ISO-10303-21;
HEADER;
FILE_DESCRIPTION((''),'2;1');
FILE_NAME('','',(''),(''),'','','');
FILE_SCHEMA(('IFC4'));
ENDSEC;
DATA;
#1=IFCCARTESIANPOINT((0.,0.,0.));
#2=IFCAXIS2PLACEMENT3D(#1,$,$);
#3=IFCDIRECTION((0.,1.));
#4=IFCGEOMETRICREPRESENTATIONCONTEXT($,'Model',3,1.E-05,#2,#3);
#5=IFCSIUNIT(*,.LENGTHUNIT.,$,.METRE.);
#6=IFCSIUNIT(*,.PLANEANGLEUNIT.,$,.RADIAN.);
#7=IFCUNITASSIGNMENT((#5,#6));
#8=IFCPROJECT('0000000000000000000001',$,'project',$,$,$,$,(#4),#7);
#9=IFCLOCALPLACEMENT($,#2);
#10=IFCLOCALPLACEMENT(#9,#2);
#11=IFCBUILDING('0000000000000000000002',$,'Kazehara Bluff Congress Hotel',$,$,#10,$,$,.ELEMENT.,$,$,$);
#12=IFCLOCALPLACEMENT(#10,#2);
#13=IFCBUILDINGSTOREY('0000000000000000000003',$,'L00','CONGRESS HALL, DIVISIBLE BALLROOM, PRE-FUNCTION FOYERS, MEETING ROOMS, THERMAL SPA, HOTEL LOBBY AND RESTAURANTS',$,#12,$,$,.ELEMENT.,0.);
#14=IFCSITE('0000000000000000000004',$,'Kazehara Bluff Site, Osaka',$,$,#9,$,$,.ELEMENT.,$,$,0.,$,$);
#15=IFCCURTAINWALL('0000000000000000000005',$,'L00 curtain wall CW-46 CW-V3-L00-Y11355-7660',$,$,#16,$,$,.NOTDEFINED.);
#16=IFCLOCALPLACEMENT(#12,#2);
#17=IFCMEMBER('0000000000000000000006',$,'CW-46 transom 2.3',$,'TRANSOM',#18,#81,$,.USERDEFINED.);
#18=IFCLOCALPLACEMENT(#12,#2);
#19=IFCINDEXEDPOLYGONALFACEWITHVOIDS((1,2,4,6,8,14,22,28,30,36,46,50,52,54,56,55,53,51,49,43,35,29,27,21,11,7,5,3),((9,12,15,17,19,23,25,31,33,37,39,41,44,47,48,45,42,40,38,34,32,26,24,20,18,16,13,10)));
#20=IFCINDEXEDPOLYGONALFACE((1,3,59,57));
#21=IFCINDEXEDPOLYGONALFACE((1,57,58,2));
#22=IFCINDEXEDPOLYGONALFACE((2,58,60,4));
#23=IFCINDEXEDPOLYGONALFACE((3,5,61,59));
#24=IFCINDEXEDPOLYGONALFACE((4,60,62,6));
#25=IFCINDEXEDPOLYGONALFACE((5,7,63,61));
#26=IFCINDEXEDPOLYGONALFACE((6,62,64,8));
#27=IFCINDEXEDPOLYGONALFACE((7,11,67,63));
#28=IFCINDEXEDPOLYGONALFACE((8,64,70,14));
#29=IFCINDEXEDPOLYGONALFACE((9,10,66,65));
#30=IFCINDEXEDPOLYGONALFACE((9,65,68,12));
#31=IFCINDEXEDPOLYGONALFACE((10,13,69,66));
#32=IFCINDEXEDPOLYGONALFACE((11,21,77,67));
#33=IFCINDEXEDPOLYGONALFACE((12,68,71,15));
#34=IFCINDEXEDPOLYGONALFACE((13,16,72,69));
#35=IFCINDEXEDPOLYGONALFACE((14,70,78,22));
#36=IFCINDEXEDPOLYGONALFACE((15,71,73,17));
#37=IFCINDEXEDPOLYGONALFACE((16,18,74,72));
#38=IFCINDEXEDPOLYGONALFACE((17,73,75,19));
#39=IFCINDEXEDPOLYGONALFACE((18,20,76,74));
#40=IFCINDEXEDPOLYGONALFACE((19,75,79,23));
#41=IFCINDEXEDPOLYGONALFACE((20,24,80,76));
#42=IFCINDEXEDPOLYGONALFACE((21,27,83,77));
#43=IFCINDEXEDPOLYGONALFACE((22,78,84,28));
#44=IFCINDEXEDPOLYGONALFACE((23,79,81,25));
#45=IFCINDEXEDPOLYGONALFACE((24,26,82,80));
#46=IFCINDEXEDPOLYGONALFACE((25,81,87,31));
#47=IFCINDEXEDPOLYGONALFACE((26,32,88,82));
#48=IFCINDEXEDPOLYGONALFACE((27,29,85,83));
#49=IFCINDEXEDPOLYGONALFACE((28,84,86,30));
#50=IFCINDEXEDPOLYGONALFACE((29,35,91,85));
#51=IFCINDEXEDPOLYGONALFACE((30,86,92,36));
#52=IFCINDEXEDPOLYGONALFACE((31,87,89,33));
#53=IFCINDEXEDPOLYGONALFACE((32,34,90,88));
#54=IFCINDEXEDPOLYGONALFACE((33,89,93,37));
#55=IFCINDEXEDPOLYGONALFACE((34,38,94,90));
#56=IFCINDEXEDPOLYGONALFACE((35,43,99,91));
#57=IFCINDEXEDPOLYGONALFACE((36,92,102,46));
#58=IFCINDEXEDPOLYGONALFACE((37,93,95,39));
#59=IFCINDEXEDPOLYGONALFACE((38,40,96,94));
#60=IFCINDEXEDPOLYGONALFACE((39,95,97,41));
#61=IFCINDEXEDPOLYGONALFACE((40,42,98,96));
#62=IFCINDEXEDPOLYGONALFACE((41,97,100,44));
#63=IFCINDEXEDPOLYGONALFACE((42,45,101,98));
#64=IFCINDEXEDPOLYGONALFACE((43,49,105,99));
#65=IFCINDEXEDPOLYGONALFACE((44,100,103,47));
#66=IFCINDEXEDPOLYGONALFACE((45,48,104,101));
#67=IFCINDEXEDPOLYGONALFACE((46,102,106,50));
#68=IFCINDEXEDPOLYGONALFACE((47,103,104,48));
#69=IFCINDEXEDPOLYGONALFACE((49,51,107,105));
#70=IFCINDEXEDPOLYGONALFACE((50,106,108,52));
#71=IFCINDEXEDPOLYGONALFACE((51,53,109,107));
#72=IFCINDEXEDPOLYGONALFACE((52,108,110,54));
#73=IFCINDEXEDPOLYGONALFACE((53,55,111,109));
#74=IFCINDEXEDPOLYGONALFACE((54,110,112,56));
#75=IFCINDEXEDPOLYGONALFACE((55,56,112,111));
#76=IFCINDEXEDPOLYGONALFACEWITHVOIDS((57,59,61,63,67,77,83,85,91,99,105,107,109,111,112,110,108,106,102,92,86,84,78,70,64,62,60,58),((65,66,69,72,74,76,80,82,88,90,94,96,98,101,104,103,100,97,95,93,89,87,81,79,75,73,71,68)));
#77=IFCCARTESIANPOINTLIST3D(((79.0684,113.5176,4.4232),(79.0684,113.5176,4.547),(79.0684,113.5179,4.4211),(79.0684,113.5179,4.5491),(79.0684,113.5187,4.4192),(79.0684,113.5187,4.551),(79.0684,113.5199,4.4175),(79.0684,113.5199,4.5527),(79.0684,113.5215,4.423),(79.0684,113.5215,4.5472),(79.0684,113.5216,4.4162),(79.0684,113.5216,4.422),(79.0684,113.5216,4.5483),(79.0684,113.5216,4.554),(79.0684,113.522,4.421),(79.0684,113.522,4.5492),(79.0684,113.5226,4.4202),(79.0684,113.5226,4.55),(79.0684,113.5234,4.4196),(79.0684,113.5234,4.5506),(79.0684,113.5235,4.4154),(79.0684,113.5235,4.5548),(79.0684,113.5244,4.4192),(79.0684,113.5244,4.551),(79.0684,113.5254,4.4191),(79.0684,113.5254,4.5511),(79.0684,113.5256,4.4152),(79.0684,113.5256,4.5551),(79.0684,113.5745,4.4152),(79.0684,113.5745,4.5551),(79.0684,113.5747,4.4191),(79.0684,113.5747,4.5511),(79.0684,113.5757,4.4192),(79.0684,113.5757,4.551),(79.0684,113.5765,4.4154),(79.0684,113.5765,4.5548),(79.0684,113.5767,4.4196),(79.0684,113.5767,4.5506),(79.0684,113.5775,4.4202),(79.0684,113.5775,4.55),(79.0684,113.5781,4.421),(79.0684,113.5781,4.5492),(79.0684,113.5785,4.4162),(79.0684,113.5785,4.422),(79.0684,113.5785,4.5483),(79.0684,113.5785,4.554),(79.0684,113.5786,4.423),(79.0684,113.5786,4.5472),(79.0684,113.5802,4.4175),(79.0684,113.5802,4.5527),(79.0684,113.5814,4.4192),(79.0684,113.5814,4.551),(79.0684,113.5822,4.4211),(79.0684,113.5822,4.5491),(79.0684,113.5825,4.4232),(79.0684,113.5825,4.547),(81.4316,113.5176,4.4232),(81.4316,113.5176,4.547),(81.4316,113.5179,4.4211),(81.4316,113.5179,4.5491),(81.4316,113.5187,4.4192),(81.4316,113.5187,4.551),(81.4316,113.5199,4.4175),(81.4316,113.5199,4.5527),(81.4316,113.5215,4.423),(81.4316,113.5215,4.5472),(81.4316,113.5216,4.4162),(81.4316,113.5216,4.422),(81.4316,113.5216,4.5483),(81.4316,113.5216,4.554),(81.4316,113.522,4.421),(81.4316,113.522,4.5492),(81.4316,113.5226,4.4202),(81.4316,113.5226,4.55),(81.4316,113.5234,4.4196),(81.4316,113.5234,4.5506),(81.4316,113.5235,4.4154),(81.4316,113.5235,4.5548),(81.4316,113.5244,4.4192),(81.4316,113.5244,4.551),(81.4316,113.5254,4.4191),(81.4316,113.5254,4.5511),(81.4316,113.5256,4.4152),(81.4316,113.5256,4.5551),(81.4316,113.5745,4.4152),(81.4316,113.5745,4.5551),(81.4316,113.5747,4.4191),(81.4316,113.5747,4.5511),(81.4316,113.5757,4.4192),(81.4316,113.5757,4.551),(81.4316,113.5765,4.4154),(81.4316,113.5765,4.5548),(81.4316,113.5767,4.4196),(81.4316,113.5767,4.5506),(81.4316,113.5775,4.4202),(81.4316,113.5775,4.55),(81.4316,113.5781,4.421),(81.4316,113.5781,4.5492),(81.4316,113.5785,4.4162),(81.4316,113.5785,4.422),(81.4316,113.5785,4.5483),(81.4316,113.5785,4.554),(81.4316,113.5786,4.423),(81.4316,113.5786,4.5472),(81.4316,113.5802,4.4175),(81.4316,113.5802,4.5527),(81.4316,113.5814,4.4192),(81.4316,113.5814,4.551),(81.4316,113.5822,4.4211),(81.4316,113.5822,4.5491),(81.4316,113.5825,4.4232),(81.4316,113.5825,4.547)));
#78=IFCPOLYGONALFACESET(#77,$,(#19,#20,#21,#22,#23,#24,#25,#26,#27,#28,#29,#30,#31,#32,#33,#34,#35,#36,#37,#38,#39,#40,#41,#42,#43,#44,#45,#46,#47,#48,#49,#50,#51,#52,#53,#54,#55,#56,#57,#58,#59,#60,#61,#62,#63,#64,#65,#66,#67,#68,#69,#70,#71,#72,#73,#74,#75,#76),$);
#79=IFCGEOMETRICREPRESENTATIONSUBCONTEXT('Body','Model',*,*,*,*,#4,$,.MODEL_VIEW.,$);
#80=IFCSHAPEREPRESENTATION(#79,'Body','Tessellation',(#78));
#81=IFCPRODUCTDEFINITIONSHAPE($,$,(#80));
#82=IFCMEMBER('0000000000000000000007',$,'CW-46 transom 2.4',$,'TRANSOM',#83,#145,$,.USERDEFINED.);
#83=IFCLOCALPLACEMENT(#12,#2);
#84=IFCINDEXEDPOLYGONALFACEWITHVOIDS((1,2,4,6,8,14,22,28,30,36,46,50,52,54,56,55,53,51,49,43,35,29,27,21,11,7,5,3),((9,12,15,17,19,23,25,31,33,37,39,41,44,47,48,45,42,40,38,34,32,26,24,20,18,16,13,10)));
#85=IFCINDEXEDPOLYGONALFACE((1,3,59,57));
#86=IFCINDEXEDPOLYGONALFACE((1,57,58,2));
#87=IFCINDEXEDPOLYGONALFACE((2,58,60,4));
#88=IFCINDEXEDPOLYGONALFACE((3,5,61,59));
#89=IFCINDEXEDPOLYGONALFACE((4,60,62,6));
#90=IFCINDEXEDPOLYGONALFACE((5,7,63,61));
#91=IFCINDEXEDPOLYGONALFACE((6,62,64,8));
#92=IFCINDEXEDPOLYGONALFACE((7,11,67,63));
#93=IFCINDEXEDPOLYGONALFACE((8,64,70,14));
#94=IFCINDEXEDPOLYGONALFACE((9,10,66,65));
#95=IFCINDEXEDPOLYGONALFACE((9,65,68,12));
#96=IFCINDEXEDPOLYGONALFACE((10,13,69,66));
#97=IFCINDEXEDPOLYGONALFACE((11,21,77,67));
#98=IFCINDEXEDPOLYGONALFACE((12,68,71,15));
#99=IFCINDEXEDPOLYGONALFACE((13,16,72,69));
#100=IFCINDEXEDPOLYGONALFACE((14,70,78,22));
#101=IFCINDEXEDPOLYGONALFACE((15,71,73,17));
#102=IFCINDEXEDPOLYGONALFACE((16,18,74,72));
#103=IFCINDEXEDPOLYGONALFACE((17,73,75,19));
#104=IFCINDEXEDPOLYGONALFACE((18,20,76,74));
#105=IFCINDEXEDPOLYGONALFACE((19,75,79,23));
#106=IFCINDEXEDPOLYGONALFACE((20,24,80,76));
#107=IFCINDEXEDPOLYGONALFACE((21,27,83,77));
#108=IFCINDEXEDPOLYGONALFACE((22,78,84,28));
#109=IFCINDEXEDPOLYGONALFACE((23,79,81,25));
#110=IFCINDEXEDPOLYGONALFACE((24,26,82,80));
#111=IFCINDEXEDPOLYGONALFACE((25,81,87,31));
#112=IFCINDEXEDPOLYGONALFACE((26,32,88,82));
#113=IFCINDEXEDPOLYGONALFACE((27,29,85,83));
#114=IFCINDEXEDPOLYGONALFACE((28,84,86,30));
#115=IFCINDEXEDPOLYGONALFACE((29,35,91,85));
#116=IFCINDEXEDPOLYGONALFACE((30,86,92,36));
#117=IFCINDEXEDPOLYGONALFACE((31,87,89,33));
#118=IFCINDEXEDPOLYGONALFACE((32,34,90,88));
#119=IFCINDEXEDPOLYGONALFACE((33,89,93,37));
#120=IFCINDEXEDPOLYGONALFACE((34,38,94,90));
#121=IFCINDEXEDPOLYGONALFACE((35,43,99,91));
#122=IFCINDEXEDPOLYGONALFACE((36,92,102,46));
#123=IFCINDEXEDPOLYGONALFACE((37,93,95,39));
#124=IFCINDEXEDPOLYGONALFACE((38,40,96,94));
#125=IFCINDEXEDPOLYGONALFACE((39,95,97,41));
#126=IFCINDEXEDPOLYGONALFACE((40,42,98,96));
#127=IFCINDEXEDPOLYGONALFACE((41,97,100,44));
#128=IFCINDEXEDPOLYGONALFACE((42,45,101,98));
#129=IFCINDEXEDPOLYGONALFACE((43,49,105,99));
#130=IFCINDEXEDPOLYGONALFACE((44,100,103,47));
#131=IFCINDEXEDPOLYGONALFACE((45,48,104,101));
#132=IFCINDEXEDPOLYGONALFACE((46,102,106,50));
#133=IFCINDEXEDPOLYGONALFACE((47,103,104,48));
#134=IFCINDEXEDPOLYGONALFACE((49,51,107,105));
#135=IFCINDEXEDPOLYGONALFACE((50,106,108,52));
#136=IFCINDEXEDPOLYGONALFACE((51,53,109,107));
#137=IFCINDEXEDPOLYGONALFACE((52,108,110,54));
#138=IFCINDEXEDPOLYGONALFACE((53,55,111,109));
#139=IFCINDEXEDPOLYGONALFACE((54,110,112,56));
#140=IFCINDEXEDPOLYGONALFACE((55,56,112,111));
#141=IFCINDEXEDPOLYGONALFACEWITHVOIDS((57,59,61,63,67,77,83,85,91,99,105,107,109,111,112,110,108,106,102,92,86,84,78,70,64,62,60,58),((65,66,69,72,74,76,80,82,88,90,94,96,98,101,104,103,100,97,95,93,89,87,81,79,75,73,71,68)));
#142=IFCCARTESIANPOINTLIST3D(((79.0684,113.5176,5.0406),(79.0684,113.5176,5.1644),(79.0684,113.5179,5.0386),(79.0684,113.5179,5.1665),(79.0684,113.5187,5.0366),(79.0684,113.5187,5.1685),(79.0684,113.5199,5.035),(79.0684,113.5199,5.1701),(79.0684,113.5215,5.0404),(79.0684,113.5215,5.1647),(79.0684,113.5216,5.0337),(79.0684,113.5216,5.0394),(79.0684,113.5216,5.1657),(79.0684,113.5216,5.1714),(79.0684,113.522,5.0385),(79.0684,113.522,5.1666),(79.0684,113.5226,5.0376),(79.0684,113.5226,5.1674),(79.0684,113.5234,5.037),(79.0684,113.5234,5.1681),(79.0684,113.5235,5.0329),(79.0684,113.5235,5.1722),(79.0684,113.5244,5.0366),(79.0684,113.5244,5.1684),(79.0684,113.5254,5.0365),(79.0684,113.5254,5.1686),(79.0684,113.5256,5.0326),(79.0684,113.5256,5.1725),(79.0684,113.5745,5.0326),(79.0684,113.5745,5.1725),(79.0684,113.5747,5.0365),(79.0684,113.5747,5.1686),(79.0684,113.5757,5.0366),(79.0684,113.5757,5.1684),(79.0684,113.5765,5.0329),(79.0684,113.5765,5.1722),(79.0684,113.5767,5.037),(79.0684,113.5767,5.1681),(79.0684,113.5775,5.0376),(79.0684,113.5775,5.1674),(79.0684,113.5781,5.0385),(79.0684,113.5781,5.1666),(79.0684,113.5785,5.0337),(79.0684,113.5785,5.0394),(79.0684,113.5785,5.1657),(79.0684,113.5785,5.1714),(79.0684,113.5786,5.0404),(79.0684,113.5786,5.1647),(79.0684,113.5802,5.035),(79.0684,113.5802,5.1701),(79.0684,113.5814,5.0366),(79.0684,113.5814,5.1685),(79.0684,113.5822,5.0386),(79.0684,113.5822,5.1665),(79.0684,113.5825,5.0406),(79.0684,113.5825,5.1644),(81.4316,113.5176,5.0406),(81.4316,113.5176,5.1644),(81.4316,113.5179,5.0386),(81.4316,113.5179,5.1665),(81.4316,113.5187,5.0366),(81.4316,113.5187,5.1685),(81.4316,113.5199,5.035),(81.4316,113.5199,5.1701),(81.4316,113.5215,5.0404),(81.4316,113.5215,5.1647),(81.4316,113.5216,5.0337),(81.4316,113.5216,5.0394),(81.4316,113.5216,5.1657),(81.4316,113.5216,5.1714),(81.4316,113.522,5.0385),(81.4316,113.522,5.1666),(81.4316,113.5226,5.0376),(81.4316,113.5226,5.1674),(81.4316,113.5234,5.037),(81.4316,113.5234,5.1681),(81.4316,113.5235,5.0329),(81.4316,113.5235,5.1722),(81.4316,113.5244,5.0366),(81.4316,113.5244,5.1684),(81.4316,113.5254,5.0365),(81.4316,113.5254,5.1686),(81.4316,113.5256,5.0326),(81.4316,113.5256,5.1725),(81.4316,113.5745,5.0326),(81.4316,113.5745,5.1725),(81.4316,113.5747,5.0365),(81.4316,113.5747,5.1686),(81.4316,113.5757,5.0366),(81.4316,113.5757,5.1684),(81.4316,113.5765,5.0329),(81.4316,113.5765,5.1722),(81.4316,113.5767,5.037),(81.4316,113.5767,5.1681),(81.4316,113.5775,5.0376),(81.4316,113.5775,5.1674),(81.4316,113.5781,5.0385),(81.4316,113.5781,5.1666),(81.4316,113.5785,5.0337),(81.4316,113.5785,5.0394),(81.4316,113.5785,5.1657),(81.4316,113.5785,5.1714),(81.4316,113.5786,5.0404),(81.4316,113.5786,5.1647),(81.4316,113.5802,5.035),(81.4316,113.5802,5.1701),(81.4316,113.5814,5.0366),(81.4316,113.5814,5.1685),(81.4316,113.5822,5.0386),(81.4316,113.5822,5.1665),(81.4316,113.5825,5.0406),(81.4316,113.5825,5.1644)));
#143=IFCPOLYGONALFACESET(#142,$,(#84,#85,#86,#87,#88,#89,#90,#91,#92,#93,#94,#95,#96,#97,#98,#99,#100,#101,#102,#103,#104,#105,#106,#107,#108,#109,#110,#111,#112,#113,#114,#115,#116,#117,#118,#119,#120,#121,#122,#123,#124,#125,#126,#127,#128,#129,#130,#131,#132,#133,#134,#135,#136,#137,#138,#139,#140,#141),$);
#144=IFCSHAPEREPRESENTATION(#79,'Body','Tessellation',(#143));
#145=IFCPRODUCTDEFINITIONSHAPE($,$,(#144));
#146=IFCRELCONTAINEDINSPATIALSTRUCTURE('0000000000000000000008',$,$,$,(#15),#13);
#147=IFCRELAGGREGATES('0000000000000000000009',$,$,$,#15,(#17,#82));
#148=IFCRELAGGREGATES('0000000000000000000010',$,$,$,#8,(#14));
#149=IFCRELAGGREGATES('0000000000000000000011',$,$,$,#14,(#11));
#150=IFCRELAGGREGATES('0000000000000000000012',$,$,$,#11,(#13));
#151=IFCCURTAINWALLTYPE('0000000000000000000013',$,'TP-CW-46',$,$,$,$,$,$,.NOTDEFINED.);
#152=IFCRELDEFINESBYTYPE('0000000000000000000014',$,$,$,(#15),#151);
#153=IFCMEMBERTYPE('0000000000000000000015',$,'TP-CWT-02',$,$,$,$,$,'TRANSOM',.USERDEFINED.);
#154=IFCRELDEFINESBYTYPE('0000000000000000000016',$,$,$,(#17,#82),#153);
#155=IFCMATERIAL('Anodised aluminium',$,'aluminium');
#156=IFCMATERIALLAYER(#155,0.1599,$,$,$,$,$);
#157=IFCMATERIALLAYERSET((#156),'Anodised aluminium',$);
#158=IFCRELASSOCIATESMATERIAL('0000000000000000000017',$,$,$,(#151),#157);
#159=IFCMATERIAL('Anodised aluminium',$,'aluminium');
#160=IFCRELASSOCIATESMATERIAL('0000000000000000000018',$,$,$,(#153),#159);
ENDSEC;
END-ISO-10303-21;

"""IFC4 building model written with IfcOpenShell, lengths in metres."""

from ifc_helpers import new_model, si_unit, direction, frame, origin, origin_2d, place, context, subcontext, project, spatial, hollow_rectangle, extrude, material, layer, layer_set, material_profile, profile_set, type_object, element, aggregate, save


model = new_model("IFC4")

# Units and contexts
model_context = context("Model", 3, precision=1e-05, world=origin(), true_north=direction((0.0, 1.0)))
body_context = subcontext(model_context, "Body", "Model", "MODEL_VIEW")
ifc_project = project(units=[si_unit("LENGTHUNIT", "METRE"), si_unit("PLANEANGLEUNIT", "RADIAN")], contexts=[model_context])

# Site, building, storey
site_placement = place(None, origin())
site = spatial("IfcSite", under=ifc_project, at=site_placement, Name="Kazehara Bluff Site, Osaka", CompositionType="ELEMENT", RefElevation=0.0)
building_placement = place(site_placement, origin())
building = spatial("IfcBuilding", under=site, at=building_placement, Name="Kazehara Bluff Congress Hotel", CompositionType="ELEMENT")
storey_placement = place(building_placement, origin())
storey = spatial("IfcBuildingStorey", under=building, at=storey_placement, Name="L00", Description="CONGRESS HALL, DIVISIBLE BALLROOM, PRE-FUNCTION FOYERS, MEETING ROOMS, THERMAL SPA, HOTEL LOBBY AND RESTAURANTS", CompositionType="ELEMENT", Elevation=0.0)

# Curtain wall, members
ifc_material_1 = material(Name="Anodised aluminium", Category="aluminium")
ifc_layer_1 = layer(ifc_material_1, 0.1599)
ifc_layer_set_1 = layer_set([ifc_layer_1], Name="Anodised aluminium")
curtain_wall_type_1 = type_object("IfcCurtainWallType", Name="TP-CW-46", PredefinedType="NOTDEFINED", material=ifc_layer_set_1)
curtain_wall_1_placement = place(storey_placement, origin())
curtain_wall_1 = element("IfcCurtainWall", 1, at=curtain_wall_1_placement, inside=storey, type_object=curtain_wall_type_1, Name="L00 curtain wall CW-46 CW-V3-L00-Y11355-7660", PredefinedType="NOTDEFINED")
ifc_material_2 = material(Name="Anodised aluminium", Category="aluminium")
ifc_material_profile_1 = material_profile(ifc_material_2, hollow_rectangle(XDim=0.0649, YDim=0.1399, WallThickness=0.0039, InnerFilletRadius=0.0039, OuterFilletRadius=0.0081, at=origin_2d()))
ifc_profile_set_1 = profile_set([ifc_material_profile_1], Name="Anodised aluminium")
member_type_1 = type_object("IfcMemberType", Name="TP-CWT-02", ElementType="TRANSOM", PredefinedType="USERDEFINED", material=ifc_profile_set_1)
member_1_placement = place(storey_placement, frame((79.0684, 113.55, 4.4851), z_axis=(1.0, 0.0, 0.0), x_axis=(0.0, 1.0, 0.0)))
member_1 = element("IfcMember", 2, at=member_1_placement, type_object=member_type_1, Name="CW-46 transom 2.3", ObjectType="TRANSOM", PredefinedType="USERDEFINED", context=body_context, shape_type="SweptSolid", body=[
    extrude(hollow_rectangle(XDim=0.0649, YDim=0.1399, WallThickness=0.0039, InnerFilletRadius=0.0039, OuterFilletRadius=0.0081, at=origin_2d()), origin(), (0.0, 0.0, 1.0), 2.3633),
])
member_2_placement = place(storey_placement, frame((79.0684, 113.55, 5.1025), z_axis=(1.0, 0.0, 0.0), x_axis=(0.0, 1.0, 0.0)))
member_2 = element("IfcMember", 3, at=member_2_placement, type_object=member_type_1, Name="CW-46 transom 2.4", ObjectType="TRANSOM", PredefinedType="USERDEFINED", context=body_context, shape_type="SweptSolid", body=[
    extrude(hollow_rectangle(XDim=0.0649, YDim=0.1399, WallThickness=0.0039, InnerFilletRadius=0.0039, OuterFilletRadius=0.0081, at=origin_2d()), origin(), (0.0, 0.0, 1.0), 2.3633),
])

aggregate(curtain_wall_1, [member_1, member_2])

save(model, "model.ifc")
